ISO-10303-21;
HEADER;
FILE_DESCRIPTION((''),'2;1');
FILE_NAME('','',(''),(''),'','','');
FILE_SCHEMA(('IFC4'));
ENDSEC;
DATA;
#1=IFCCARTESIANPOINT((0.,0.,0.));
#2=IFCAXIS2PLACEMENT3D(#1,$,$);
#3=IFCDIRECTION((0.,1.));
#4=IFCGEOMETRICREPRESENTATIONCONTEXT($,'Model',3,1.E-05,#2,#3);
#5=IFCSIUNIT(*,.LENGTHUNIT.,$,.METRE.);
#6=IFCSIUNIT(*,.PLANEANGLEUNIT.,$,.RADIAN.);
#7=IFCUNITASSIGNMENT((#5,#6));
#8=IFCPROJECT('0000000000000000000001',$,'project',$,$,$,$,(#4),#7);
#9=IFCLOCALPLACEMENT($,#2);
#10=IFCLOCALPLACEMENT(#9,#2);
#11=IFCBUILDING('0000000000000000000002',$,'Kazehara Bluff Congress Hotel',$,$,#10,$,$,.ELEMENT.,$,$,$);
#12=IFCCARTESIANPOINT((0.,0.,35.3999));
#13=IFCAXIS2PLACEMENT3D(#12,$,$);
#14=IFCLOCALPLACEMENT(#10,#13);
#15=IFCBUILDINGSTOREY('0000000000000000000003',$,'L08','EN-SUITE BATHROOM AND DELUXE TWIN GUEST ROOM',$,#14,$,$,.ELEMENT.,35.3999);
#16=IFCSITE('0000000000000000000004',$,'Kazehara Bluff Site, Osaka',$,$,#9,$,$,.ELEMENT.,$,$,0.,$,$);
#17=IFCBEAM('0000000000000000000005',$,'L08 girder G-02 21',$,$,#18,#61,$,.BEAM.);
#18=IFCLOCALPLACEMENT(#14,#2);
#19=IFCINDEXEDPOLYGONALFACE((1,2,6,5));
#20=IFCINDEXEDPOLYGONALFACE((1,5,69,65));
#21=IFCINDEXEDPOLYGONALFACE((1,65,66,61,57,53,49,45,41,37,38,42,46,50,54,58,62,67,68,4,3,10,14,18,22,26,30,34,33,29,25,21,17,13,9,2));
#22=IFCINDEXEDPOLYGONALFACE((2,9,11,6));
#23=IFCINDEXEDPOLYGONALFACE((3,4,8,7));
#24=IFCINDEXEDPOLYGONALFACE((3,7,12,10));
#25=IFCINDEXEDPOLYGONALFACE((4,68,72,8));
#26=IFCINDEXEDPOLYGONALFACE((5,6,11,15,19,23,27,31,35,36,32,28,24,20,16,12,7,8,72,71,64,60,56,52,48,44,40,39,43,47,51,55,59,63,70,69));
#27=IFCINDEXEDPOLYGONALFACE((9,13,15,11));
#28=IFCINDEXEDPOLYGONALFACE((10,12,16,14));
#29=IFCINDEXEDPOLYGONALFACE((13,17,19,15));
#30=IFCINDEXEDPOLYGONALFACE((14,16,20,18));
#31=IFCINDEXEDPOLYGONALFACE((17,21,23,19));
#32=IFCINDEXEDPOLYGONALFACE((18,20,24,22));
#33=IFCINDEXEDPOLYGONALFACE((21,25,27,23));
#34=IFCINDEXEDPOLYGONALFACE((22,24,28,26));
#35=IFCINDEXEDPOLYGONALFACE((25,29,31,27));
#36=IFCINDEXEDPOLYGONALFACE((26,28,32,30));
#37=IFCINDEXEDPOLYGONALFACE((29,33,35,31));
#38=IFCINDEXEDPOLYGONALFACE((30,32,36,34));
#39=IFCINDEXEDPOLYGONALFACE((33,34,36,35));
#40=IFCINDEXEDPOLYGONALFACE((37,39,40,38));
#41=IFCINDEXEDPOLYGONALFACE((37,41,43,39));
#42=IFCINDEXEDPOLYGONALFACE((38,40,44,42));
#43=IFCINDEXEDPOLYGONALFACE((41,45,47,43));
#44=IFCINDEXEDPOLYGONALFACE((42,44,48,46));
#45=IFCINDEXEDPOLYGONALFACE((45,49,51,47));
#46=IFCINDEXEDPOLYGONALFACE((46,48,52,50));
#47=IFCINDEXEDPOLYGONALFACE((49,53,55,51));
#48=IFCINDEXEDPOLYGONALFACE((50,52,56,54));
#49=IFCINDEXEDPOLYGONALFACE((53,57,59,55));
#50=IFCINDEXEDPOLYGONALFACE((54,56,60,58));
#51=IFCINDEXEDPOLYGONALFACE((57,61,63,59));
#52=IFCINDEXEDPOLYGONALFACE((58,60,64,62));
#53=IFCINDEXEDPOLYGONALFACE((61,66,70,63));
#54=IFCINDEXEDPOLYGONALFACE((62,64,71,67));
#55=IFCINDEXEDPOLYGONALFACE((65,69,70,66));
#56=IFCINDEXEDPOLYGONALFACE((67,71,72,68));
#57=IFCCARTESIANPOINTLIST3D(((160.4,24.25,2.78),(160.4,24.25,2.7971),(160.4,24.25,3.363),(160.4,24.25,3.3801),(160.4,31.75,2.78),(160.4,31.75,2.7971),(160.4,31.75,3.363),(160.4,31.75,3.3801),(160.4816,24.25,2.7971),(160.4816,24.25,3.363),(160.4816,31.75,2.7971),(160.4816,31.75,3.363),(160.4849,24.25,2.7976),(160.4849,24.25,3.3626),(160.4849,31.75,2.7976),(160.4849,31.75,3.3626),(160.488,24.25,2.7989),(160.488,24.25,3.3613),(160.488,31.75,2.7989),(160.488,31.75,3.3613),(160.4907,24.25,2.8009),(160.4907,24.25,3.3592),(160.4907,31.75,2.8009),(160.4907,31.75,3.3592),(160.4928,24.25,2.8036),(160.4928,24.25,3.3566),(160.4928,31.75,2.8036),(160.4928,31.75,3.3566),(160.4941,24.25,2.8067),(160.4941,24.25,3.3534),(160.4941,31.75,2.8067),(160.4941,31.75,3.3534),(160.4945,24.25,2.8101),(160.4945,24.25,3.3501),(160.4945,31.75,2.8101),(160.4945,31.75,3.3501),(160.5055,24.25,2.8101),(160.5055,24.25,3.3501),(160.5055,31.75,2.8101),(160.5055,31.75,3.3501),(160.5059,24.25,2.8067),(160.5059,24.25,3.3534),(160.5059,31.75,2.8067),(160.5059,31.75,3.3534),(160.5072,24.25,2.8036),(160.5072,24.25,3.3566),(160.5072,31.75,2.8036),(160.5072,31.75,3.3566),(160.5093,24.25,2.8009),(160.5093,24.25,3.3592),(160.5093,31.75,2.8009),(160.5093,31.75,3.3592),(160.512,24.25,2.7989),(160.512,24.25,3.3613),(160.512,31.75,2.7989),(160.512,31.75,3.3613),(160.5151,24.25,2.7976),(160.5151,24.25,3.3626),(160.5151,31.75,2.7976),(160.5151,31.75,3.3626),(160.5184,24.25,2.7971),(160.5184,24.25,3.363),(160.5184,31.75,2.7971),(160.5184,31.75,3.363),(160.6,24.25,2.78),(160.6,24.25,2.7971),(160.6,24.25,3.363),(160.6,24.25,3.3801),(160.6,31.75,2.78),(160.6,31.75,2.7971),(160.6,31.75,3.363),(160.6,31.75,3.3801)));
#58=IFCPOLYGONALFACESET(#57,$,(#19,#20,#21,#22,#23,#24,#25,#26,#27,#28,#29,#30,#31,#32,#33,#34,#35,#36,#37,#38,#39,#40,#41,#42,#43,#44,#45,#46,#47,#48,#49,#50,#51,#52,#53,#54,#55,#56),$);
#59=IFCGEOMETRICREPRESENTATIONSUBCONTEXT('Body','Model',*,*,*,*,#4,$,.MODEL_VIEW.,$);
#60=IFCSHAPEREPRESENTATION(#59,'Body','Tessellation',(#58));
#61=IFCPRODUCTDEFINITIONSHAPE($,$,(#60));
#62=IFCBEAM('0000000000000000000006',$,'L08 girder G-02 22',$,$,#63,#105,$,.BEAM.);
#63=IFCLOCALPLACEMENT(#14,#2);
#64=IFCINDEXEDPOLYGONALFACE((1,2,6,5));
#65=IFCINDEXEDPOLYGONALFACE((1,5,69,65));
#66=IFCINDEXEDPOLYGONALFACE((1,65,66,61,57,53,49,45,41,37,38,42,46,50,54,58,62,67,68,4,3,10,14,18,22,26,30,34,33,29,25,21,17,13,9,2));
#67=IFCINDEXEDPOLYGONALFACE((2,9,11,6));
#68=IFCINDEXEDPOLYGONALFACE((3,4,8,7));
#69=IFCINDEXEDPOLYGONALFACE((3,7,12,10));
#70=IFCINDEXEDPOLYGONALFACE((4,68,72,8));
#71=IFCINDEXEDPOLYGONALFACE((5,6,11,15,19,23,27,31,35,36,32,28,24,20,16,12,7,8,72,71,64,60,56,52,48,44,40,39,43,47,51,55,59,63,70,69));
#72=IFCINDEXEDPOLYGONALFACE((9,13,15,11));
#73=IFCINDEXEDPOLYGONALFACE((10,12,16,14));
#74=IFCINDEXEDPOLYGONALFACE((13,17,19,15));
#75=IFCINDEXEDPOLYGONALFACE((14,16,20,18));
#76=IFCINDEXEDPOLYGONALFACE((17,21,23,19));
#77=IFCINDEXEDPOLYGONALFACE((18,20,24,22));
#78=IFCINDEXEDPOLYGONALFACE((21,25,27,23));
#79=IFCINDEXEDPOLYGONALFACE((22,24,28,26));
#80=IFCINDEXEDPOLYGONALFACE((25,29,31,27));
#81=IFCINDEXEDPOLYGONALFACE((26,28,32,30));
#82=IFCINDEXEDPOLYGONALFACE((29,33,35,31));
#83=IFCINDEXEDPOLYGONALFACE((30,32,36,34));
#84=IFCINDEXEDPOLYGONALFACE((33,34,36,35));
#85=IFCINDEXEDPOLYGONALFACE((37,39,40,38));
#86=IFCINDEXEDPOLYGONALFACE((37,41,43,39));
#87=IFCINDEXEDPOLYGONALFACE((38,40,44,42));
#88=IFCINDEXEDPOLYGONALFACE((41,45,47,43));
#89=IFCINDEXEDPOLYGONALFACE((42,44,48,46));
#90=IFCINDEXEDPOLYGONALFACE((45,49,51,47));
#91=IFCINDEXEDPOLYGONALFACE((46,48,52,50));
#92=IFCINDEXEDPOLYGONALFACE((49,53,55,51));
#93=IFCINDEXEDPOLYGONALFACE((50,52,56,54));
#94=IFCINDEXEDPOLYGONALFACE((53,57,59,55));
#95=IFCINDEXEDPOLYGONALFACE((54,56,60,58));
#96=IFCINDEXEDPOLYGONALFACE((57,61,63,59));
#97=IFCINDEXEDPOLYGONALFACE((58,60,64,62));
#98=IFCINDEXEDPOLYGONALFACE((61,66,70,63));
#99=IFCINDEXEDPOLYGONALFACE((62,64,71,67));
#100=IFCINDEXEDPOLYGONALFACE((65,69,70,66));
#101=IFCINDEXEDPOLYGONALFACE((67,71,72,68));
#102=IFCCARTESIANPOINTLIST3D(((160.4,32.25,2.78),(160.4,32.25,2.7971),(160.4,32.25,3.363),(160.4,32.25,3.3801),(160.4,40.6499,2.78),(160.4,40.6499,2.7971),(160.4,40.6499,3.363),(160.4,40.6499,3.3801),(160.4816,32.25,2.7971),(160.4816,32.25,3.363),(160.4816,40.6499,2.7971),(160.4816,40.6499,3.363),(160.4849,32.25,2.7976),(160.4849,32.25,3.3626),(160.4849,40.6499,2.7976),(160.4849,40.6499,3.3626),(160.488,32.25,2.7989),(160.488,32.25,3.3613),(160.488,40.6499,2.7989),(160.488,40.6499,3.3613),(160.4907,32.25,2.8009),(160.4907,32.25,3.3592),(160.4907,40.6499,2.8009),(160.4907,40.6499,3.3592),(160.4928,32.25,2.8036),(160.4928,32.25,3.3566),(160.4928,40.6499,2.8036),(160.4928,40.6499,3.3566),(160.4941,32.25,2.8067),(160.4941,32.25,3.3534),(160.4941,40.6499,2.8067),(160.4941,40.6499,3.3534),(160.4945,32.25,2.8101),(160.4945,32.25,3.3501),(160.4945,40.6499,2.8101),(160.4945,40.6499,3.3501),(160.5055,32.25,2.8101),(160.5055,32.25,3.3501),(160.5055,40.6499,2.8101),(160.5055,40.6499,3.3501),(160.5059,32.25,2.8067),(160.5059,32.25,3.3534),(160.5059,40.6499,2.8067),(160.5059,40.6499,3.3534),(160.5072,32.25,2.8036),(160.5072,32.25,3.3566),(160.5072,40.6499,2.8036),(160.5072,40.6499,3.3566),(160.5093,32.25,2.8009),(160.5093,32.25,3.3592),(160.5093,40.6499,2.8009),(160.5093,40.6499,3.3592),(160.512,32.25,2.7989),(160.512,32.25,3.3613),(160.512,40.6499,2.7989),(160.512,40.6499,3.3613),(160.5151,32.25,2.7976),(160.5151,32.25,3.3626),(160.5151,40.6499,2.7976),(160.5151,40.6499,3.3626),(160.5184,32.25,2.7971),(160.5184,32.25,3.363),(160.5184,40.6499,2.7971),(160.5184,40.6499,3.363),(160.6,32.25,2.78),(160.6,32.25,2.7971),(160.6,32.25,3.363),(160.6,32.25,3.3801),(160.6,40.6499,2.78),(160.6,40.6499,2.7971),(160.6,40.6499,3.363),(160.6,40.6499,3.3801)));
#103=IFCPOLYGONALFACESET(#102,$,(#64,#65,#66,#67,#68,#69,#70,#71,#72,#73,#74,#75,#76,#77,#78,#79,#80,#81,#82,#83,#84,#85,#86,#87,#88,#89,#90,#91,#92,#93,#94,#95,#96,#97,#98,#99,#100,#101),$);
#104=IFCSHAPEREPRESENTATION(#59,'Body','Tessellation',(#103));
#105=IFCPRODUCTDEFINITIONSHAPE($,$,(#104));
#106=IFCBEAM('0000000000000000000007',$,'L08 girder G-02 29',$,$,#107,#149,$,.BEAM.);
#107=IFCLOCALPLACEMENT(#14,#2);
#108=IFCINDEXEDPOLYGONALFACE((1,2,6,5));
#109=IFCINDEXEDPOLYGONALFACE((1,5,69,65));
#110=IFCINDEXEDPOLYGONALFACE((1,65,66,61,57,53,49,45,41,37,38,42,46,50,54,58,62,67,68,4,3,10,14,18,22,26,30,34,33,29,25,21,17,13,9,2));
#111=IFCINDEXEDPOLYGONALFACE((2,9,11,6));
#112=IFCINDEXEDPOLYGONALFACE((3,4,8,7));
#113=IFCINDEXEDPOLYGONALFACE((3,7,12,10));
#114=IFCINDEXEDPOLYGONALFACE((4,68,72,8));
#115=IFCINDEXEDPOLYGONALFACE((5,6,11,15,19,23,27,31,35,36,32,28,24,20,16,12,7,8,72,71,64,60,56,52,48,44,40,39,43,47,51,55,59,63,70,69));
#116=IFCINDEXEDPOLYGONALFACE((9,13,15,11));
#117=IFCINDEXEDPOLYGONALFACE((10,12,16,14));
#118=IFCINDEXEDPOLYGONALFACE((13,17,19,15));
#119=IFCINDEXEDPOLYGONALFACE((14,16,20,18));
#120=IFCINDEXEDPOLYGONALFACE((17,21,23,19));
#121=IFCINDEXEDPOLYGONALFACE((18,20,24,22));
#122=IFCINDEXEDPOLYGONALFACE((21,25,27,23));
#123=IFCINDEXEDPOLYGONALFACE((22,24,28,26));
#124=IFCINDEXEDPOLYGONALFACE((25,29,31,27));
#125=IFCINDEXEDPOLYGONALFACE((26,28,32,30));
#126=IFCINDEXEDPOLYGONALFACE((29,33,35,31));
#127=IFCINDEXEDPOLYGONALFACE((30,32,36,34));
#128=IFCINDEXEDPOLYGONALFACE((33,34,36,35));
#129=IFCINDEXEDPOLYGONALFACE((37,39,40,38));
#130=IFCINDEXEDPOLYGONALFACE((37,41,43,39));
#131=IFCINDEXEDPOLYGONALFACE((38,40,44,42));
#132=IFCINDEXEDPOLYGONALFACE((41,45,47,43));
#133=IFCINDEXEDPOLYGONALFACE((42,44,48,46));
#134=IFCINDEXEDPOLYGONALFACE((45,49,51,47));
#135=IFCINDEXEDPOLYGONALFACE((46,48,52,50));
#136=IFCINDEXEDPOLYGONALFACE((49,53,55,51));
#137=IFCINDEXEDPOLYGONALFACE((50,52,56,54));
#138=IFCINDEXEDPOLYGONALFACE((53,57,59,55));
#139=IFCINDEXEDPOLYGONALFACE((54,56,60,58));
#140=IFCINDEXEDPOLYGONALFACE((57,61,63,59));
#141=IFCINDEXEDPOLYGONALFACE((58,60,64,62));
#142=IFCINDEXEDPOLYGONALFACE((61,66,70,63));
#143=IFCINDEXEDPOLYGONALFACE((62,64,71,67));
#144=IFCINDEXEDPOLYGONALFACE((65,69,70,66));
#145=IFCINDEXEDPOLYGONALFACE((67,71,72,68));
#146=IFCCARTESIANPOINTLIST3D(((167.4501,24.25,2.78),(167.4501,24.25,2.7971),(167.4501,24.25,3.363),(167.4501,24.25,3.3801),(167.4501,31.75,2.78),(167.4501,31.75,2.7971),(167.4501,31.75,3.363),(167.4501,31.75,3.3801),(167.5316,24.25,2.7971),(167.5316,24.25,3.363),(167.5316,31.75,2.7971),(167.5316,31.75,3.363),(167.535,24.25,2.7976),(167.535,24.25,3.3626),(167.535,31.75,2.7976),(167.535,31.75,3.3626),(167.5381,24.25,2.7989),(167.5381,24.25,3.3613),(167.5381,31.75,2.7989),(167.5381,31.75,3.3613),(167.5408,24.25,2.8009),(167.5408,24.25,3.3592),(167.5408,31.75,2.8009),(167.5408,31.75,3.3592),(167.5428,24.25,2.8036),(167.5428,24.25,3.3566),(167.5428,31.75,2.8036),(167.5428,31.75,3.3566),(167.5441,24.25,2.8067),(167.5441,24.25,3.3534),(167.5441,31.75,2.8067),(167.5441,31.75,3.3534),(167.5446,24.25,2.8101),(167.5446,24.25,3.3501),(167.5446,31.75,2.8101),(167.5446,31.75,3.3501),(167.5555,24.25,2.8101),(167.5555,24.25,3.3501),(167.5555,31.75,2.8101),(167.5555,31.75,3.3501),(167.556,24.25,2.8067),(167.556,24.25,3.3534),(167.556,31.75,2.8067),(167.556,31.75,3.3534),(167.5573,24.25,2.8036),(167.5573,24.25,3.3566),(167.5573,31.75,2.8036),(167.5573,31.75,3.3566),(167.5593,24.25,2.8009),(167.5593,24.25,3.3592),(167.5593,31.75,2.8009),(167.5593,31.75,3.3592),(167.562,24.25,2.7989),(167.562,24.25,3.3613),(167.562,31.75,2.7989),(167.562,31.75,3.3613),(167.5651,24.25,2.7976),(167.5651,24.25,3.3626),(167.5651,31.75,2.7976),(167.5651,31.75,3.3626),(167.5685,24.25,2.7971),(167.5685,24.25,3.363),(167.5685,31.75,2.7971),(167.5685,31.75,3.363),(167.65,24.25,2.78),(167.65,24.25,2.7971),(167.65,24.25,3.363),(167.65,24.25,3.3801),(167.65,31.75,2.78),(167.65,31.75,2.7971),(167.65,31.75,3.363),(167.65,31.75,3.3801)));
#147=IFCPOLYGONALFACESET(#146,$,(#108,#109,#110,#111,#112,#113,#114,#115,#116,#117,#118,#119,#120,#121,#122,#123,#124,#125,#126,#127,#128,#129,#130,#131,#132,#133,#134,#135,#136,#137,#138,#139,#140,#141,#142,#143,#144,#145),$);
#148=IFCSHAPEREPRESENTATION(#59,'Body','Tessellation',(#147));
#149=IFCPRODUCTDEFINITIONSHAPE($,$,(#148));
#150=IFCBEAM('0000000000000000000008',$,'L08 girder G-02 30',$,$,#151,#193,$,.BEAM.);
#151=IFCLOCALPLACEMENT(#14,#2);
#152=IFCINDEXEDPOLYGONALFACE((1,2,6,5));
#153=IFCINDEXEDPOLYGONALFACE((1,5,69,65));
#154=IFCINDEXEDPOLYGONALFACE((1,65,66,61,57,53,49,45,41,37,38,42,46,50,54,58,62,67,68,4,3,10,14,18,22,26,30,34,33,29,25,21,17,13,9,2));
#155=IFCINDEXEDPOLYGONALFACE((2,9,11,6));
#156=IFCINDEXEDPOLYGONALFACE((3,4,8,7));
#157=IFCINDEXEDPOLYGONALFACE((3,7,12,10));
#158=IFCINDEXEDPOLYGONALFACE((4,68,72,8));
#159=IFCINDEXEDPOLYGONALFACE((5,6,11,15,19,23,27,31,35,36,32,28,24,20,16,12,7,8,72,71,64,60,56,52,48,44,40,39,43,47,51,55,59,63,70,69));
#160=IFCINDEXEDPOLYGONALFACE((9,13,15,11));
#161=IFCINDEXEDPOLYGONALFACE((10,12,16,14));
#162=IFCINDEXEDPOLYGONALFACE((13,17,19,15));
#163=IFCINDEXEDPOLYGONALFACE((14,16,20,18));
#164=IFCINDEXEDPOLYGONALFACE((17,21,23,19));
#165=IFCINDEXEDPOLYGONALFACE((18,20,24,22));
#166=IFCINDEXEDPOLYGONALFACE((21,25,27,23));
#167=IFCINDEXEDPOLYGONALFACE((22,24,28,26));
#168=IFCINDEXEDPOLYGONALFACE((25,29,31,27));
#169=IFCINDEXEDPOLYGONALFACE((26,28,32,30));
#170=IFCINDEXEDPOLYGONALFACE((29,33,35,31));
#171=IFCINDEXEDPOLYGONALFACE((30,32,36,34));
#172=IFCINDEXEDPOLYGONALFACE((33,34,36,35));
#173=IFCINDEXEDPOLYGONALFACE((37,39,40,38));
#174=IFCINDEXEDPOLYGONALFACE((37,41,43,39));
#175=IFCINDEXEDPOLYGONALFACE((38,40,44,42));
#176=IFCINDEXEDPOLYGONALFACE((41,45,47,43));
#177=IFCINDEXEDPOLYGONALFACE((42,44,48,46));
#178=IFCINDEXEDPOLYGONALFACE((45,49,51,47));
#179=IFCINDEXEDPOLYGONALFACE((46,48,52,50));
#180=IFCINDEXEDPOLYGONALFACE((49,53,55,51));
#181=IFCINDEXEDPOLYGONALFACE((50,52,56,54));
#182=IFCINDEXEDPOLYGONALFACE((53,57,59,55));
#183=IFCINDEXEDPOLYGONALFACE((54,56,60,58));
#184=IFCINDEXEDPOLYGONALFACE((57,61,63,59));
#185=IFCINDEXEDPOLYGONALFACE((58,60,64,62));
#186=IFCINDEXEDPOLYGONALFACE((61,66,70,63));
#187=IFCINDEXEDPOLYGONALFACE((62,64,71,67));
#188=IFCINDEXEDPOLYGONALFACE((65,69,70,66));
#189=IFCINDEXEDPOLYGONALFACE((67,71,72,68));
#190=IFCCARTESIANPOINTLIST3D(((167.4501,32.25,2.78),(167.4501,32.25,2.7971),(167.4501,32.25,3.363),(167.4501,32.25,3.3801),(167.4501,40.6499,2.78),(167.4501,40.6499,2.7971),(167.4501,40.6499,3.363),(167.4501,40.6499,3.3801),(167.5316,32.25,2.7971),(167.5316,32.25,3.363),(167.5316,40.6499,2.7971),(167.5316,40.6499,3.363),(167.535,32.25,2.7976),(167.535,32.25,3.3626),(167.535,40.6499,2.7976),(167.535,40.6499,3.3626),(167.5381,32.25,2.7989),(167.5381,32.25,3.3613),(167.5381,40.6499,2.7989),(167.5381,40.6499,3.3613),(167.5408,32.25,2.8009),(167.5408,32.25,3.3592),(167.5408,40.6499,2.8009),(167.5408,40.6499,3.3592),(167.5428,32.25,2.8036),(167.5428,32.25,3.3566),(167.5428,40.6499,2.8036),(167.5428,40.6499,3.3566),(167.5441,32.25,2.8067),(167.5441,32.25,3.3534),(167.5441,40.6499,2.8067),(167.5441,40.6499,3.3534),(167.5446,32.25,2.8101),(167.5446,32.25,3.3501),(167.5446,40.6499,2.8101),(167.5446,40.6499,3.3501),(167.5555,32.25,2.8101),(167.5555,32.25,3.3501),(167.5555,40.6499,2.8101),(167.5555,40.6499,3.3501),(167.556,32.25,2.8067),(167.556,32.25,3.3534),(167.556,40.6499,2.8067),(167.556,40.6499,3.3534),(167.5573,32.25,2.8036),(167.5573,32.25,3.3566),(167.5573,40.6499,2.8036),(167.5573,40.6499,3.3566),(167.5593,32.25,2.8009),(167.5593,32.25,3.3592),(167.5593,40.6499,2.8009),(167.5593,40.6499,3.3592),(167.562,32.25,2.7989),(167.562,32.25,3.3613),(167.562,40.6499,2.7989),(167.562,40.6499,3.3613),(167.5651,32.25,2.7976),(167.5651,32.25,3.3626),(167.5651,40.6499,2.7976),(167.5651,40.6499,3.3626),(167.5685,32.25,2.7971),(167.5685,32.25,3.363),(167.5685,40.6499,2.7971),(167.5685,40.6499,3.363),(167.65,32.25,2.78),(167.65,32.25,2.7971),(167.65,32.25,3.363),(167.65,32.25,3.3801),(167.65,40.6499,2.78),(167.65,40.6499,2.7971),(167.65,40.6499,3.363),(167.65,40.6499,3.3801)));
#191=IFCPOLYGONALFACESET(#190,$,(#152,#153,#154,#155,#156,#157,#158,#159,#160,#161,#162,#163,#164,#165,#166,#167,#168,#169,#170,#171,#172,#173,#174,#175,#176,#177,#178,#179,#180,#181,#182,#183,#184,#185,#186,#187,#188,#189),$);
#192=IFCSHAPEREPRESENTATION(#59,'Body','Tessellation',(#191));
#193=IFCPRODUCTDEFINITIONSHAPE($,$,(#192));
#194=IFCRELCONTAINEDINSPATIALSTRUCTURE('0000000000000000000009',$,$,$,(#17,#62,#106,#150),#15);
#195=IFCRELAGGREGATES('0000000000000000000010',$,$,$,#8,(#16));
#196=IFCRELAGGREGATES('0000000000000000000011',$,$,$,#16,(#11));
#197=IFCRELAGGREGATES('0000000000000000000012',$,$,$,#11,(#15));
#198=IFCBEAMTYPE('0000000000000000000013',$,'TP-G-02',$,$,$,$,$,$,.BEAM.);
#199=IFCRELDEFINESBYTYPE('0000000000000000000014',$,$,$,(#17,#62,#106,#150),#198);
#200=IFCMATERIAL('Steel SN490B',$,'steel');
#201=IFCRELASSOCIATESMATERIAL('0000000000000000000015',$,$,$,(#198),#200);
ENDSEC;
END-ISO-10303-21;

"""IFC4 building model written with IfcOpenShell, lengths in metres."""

from ifc_helpers import new_model, si_unit, direction, frame, origin, origin_2d, place, context, subcontext, project, spatial, i_section, extrude, material, material_profile, profile_set, type_object, element, save


model = new_model("IFC4")

# Units and contexts
model_context = context("Model", 3, precision=1e-05, world=origin(), true_north=direction((0.0, 1.0)))
body_context = subcontext(model_context, "Body", "Model", "MODEL_VIEW")
ifc_project = project(units=[si_unit("LENGTHUNIT", "METRE"), si_unit("PLANEANGLEUNIT", "RADIAN")], contexts=[model_context])

# Site, building, storey
site_placement = place(None, origin())
site = spatial("IfcSite", under=ifc_project, at=site_placement, Name="Kazehara Bluff Site, Osaka", CompositionType="ELEMENT", RefElevation=0.0)
building_placement = place(site_placement, origin())
building = spatial("IfcBuilding", under=site, at=building_placement, Name="Kazehara Bluff Congress Hotel", CompositionType="ELEMENT")
storey_placement = place(building_placement, frame((0.0, 0.0, 35.3999)))
storey = spatial("IfcBuildingStorey", under=building, at=storey_placement, Name="L08", Description="EN-SUITE BATHROOM AND DELUXE TWIN GUEST ROOM", CompositionType="ELEMENT", Elevation=35.3999)

# Beams
ifc_material_1 = material(Name="Steel SN490B", Category="steel")
ifc_material_profile_1 = material_profile(ifc_material_1, i_section(OverallWidth=0.2, OverallDepth=0.6001, WebThickness=0.011, FlangeThickness=0.0171, FilletRadius=0.0129, at=origin_2d()))
ifc_profile_set_1 = profile_set([ifc_material_profile_1], Name="Steel SN490B")
beam_type_1 = type_object("IfcBeamType", Name="TP-G-02", PredefinedType="BEAM", material=ifc_profile_set_1)
beam_1_placement = place(storey_placement, frame((160.5, 24.25, 3.0801), z_axis=(0.0, 1.0, 0.0), x_axis=(-1.0, 0.0, 0.0)))
element("IfcBeam", 1, at=beam_1_placement, inside=storey, type_object=beam_type_1, Name="L08 girder G-02 21", PredefinedType="BEAM", context=body_context, shape_type="SweptSolid", body=[
    extrude(i_section(OverallWidth=0.2, OverallDepth=0.6001, WebThickness=0.011, FlangeThickness=0.0171, FilletRadius=0.0129, at=origin_2d()), origin(), (0.0, 0.0, 1.0), 7.5),
])
beam_2_placement = place(storey_placement, frame((160.5, 32.25, 3.0801), z_axis=(0.0, 1.0, 0.0), x_axis=(-1.0, 0.0, 0.0)))
element("IfcBeam", 2, at=beam_2_placement, inside=storey, type_object=beam_type_1, Name="L08 girder G-02 22", PredefinedType="BEAM", context=body_context, shape_type="SweptSolid", body=[
    extrude(i_section(OverallWidth=0.2, OverallDepth=0.6001, WebThickness=0.011, FlangeThickness=0.0171, FilletRadius=0.0129, at=origin_2d()), origin(), (0.0, 0.0, 1.0), 8.3999),
])
beam_3_placement = place(storey_placement, frame((167.55, 24.25, 3.0801), z_axis=(0.0, 1.0, 0.0), x_axis=(-1.0, 0.0, 0.0)))
element("IfcBeam", 3, at=beam_3_placement, inside=storey, type_object=beam_type_1, Name="L08 girder G-02 29", PredefinedType="BEAM", context=body_context, shape_type="SweptSolid", body=[
    extrude(i_section(OverallWidth=0.2, OverallDepth=0.6001, WebThickness=0.011, FlangeThickness=0.0171, FilletRadius=0.0129, at=origin_2d()), origin(), (0.0, 0.0, 1.0), 7.5),
])
beam_4_placement = place(storey_placement, frame((167.55, 32.25, 3.0801), z_axis=(0.0, 1.0, 0.0), x_axis=(-1.0, 0.0, 0.0)))
element("IfcBeam", 4, at=beam_4_placement, inside=storey, type_object=beam_type_1, Name="L08 girder G-02 30", PredefinedType="BEAM", context=body_context, shape_type="SweptSolid", body=[
    extrude(i_section(OverallWidth=0.2, OverallDepth=0.6001, WebThickness=0.011, FlangeThickness=0.0171, FilletRadius=0.0129, at=origin_2d()), origin(), (0.0, 0.0, 1.0), 8.3999),
])

save(model, "model.ifc")
